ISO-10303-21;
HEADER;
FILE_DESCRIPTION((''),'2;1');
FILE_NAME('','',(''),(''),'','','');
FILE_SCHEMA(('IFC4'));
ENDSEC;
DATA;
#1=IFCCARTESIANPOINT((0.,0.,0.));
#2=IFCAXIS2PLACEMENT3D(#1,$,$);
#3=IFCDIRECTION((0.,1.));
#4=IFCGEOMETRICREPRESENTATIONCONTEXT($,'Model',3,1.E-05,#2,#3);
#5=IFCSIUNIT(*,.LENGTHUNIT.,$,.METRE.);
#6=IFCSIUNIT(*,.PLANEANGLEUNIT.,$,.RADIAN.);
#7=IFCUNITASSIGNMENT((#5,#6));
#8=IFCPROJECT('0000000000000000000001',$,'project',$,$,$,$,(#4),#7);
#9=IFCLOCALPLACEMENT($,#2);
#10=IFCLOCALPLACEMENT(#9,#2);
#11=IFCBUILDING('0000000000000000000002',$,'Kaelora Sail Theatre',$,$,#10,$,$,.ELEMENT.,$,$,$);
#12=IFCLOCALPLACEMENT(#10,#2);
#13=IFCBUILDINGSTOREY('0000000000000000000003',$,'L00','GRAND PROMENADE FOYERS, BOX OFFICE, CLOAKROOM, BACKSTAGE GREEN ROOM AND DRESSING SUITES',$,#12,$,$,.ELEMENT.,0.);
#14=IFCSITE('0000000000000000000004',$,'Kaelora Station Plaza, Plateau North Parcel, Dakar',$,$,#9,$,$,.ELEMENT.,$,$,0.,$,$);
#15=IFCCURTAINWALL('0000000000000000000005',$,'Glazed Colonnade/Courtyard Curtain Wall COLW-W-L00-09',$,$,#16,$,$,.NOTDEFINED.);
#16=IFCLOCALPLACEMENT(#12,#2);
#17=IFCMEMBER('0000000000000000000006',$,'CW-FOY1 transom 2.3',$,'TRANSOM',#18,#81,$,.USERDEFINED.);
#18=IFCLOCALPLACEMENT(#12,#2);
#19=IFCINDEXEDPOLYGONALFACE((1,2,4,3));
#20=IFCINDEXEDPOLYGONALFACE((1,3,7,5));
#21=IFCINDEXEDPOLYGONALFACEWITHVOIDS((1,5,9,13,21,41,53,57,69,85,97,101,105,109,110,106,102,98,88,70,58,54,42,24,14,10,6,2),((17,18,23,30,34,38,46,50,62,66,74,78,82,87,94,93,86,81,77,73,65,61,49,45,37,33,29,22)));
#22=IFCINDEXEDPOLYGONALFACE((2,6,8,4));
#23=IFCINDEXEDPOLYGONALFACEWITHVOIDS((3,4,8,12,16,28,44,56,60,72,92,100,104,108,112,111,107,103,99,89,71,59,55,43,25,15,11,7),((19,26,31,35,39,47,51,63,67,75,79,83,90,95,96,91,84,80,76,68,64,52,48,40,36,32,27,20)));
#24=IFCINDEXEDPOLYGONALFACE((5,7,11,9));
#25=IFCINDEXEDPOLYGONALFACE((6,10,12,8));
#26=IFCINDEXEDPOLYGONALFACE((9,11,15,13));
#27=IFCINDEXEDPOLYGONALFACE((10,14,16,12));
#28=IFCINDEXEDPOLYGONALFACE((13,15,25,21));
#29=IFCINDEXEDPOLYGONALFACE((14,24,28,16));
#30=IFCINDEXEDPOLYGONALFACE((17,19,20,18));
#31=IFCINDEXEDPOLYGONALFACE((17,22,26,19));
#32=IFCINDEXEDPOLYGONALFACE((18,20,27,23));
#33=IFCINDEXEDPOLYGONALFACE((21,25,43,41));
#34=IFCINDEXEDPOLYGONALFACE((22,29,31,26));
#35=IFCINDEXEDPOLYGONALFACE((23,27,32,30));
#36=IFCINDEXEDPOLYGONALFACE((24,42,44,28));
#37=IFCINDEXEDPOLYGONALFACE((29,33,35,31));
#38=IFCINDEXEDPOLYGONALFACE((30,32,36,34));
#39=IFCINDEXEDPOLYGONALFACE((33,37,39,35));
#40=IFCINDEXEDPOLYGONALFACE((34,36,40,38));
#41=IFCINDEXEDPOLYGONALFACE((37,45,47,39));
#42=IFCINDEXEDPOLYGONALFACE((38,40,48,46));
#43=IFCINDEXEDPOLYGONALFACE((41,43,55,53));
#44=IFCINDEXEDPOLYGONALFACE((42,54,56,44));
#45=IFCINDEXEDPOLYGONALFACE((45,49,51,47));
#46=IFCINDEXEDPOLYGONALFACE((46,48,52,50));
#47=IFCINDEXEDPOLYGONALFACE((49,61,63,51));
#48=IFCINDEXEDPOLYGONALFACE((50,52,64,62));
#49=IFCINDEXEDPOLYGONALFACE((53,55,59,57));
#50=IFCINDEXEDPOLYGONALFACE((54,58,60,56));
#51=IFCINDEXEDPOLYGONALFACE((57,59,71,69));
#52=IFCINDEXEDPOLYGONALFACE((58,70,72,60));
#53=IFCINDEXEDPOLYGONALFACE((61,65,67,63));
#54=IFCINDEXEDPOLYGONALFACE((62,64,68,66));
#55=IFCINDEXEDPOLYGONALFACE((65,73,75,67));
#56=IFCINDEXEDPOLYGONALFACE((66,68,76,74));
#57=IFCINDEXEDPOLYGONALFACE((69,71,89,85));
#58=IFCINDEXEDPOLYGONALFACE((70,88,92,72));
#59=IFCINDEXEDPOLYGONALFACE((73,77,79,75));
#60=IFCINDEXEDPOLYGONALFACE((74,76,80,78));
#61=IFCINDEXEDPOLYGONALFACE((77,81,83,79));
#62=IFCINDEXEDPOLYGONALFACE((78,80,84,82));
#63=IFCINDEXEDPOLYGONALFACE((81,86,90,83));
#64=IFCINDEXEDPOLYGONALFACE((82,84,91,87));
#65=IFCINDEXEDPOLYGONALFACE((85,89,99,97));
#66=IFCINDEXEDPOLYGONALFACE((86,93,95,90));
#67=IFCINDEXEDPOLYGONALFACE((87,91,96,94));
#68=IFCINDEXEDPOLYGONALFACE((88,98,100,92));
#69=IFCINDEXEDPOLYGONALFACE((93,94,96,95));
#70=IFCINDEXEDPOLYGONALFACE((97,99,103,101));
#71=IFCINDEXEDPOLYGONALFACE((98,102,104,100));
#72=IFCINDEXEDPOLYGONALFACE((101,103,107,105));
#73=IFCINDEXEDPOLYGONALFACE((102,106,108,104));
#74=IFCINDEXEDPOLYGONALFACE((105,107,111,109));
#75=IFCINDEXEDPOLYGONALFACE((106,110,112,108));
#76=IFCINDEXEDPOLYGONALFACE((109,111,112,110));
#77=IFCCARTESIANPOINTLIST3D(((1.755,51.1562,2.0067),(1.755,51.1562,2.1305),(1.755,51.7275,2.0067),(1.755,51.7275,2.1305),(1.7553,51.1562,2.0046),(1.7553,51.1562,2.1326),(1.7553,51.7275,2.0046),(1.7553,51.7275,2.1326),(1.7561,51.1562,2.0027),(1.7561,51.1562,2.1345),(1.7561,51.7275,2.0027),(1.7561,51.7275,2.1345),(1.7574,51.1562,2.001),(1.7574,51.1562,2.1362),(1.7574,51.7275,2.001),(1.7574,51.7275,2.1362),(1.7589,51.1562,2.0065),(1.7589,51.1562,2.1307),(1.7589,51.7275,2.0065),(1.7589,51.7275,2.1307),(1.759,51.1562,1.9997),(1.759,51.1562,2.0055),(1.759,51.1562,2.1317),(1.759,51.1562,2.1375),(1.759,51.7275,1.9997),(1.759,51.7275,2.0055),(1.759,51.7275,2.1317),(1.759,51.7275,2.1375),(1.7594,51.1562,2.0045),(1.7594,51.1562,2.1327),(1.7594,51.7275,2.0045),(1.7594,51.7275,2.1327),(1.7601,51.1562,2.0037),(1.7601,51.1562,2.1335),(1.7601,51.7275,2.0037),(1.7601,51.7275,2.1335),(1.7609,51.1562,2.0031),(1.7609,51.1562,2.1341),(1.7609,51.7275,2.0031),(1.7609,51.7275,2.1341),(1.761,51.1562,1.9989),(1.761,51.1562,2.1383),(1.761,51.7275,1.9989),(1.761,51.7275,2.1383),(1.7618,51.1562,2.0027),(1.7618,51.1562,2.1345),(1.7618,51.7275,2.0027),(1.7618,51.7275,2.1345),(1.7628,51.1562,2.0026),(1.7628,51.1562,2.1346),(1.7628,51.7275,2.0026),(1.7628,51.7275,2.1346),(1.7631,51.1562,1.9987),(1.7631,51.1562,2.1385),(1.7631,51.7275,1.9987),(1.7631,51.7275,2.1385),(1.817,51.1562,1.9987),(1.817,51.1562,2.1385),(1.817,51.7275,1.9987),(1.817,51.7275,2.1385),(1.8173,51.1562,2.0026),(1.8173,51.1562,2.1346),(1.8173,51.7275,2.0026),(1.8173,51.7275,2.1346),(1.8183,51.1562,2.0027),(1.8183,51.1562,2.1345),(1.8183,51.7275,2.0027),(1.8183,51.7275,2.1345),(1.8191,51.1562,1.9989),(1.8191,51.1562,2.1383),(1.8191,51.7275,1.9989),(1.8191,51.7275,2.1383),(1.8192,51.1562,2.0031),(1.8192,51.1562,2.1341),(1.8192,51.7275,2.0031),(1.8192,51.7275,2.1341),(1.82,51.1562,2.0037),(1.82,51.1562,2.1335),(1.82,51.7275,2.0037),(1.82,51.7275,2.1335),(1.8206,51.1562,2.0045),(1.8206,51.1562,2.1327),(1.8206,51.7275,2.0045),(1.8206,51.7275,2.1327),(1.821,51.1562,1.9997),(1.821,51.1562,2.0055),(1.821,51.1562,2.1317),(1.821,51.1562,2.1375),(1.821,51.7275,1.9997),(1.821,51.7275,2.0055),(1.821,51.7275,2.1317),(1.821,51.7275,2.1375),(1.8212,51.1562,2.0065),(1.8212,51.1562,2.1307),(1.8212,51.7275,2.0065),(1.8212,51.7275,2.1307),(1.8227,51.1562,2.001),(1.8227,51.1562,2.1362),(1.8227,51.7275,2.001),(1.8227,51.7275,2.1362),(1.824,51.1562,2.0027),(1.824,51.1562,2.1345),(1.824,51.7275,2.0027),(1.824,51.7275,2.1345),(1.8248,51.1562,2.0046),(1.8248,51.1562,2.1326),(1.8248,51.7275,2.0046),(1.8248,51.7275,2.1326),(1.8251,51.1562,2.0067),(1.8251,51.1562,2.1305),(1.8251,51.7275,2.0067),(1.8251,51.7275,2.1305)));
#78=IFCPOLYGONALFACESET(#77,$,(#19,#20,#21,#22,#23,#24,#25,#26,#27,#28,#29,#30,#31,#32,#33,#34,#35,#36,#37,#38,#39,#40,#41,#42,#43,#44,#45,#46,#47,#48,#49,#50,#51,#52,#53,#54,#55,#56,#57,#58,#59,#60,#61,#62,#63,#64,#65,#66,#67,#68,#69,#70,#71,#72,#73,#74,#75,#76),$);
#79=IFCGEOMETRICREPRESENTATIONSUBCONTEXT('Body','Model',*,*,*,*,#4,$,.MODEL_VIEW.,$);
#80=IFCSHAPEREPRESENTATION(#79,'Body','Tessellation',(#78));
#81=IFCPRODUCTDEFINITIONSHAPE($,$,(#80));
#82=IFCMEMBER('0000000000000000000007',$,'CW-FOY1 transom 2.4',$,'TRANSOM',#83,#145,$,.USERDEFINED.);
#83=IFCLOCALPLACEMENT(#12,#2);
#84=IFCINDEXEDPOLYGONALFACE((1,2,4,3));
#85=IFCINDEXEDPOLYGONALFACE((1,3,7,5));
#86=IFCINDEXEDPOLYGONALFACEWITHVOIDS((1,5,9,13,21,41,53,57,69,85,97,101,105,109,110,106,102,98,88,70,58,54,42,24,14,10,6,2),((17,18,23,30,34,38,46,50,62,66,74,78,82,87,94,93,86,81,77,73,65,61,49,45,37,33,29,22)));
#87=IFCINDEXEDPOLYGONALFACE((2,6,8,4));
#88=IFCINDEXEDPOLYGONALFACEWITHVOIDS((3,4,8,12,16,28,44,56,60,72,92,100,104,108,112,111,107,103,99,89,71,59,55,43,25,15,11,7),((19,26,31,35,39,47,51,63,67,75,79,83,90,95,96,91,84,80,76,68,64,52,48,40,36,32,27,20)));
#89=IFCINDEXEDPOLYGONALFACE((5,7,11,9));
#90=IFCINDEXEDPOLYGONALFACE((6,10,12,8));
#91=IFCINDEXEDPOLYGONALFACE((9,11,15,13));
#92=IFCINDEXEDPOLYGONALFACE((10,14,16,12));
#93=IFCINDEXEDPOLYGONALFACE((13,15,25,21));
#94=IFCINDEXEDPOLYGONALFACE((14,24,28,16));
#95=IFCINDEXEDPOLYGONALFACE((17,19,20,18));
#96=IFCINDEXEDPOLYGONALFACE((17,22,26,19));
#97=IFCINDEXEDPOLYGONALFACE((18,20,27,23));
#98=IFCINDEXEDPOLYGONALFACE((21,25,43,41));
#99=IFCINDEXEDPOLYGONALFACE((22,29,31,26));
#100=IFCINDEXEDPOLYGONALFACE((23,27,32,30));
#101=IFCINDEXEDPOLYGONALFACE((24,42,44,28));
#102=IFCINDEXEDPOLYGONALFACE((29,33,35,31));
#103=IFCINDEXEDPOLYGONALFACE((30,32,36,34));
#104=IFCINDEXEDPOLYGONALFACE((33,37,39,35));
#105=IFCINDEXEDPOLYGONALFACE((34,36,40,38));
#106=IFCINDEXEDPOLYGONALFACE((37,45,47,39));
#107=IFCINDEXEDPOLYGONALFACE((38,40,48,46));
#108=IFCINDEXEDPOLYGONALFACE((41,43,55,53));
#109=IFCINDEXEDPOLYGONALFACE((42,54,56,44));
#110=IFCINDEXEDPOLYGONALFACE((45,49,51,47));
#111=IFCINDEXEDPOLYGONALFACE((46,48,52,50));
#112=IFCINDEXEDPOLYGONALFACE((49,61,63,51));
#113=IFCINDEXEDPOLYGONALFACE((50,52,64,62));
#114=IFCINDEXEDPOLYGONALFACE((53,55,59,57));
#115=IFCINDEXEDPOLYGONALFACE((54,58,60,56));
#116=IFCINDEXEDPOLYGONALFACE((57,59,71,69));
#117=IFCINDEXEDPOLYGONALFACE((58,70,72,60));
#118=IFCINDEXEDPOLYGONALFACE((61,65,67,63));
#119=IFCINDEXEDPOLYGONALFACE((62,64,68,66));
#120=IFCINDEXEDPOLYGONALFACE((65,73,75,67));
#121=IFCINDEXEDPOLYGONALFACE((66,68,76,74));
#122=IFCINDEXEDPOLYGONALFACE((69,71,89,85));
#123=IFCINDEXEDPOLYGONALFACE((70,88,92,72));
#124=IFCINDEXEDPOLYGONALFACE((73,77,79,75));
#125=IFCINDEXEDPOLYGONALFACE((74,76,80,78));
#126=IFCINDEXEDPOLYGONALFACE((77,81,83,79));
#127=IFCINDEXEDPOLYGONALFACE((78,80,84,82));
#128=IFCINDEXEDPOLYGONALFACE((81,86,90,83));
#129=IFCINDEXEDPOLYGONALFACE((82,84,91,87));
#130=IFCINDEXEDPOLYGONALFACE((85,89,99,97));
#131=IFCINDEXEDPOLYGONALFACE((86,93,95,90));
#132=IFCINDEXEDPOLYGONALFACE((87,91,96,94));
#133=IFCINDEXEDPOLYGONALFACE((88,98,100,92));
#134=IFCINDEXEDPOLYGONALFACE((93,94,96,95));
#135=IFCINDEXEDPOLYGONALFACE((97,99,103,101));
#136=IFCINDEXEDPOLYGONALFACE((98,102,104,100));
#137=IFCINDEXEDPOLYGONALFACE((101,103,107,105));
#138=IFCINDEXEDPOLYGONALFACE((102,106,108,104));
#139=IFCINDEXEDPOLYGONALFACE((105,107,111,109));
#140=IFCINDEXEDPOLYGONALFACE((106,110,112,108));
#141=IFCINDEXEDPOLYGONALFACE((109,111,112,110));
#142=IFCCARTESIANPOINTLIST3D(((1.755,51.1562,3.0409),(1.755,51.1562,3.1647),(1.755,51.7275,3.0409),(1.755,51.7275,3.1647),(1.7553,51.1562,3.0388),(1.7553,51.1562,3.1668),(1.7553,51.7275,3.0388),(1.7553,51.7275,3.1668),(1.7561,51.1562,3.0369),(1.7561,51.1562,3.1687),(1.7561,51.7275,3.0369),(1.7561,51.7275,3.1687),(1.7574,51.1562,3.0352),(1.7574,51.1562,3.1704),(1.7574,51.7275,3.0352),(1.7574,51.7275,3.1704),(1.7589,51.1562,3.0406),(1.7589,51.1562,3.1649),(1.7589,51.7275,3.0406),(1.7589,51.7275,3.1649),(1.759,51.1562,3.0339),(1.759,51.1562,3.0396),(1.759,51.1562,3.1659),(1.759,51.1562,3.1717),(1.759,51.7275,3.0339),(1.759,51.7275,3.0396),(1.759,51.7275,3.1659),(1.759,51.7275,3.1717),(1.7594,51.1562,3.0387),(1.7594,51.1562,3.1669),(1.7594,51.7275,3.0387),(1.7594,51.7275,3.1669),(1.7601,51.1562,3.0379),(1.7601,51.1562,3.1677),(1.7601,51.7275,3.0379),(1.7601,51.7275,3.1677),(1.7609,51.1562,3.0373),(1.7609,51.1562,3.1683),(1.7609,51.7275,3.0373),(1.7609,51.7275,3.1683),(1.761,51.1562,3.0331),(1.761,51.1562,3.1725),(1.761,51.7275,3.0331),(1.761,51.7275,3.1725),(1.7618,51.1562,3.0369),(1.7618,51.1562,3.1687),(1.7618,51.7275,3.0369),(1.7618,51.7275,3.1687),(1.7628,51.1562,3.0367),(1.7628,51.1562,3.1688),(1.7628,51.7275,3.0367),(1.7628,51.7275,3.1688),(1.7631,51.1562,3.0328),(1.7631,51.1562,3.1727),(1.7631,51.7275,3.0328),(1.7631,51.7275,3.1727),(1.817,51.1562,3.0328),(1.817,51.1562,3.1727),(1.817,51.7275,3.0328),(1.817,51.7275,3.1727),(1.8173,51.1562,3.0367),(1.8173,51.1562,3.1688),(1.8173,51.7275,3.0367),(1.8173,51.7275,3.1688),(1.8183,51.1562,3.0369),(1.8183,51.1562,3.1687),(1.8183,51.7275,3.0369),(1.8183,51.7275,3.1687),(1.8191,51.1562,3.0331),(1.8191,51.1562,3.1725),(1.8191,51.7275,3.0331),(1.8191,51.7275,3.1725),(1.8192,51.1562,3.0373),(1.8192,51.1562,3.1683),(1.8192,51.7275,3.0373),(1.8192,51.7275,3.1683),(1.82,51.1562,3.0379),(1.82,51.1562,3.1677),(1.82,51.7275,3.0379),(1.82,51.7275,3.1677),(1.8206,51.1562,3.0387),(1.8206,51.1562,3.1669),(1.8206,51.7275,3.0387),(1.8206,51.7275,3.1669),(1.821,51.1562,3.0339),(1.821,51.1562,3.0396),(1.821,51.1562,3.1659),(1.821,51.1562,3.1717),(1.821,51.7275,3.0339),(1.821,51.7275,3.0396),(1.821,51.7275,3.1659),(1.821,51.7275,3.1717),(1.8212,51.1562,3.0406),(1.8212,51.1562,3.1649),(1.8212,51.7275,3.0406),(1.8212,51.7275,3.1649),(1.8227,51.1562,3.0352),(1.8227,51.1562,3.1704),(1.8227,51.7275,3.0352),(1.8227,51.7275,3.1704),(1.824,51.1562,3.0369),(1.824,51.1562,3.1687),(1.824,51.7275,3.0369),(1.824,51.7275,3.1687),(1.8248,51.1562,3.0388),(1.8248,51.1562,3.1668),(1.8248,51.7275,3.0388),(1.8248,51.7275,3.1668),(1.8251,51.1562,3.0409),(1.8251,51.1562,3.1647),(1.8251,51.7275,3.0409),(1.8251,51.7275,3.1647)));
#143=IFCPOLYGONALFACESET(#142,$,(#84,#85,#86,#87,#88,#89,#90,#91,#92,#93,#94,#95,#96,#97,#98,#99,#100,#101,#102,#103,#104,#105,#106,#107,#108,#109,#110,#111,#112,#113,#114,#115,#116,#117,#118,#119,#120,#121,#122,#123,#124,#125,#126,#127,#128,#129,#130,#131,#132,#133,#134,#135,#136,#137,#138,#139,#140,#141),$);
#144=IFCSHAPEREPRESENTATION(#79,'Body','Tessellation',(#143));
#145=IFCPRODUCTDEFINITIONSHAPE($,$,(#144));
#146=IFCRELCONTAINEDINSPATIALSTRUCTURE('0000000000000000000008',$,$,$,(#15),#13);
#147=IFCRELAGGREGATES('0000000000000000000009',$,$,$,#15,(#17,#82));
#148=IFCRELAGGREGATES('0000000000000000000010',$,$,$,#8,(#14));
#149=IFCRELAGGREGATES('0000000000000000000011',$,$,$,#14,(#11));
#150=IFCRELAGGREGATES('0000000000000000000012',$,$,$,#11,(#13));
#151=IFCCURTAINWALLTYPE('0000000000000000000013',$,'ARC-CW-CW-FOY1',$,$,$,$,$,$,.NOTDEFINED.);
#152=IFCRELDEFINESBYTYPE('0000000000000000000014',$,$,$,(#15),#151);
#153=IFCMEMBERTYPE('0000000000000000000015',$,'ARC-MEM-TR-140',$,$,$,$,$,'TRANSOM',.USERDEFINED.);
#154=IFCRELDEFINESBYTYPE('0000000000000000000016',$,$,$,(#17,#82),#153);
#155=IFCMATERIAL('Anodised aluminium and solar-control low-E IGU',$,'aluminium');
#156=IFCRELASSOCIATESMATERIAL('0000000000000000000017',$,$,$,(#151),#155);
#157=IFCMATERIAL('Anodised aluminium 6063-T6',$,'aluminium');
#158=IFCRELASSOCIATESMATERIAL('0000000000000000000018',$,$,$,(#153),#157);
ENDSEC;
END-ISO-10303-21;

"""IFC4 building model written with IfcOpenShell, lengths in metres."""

from ifc_helpers import new_model, si_unit, direction, frame, origin, origin_2d, place, context, subcontext, project, spatial, hollow_rectangle, extrude, material, material_profile, profile_set, type_object, element, aggregate, save


model = new_model("IFC4")

# Units and contexts
model_context = context("Model", 3, precision=1e-05, world=origin(), true_north=direction((0.0, 1.0)))
body_context = subcontext(model_context, "Body", "Model", "MODEL_VIEW")
ifc_project = project(units=[si_unit("LENGTHUNIT", "METRE"), si_unit("PLANEANGLEUNIT", "RADIAN")], contexts=[model_context])

# Site, building, storey
site_placement = place(None, origin())
site = spatial("IfcSite", under=ifc_project, at=site_placement, Name="Kaelora Station Plaza, Plateau North Parcel, Dakar", CompositionType="ELEMENT", RefElevation=0.0)
building_placement = place(site_placement, origin())
building = spatial("IfcBuilding", under=site, at=building_placement, Name="Kaelora Sail Theatre", CompositionType="ELEMENT")
storey_placement = place(building_placement, origin())
storey = spatial("IfcBuildingStorey", under=building, at=storey_placement, Name="L00", Description="GRAND PROMENADE FOYERS, BOX OFFICE, CLOAKROOM, BACKSTAGE GREEN ROOM AND DRESSING SUITES", CompositionType="ELEMENT", Elevation=0.0)

# Curtain wall, members
ifc_material_1 = material(Name="Anodised aluminium and solar-control low-E IGU", Category="aluminium")
curtain_wall_type = type_object("IfcCurtainWallType", Name="ARC-CW-CW-FOY1", PredefinedType="NOTDEFINED", material=ifc_material_1)
curtain_wall_placement = place(storey_placement, origin())
curtain_wall = element("IfcCurtainWall", 1, at=curtain_wall_placement, inside=storey, type_object=curtain_wall_type, Name="Glazed Colonnade/Courtyard Curtain Wall COLW-W-L00-09", PredefinedType="NOTDEFINED")
ifc_material_2 = material(Name="Anodised aluminium 6063-T6", Category="aluminium")
ifc_material_profile_1 = material_profile(ifc_material_2, hollow_rectangle(XDim=0.0701, YDim=0.1399, WallThickness=0.0039, InnerFilletRadius=0.0039, OuterFilletRadius=0.0081, at=origin_2d()), Name="ALU-TRAN 70x140x4")
ifc_profile_set_1 = profile_set([ifc_material_profile_1], Name="Anodised aluminium 6063-T6")
member_type_1 = type_object("IfcMemberType", Name="ARC-MEM-TR-140", ElementType="TRANSOM", PredefinedType="USERDEFINED", material=ifc_profile_set_1)
member_1_placement = place(storey_placement, frame((1.79, 51.1562, 2.0686), z_axis=(0.0, 1.0, 0.0), x_axis=(-1.0, 0.0, 0.0)))
member_1 = element("IfcMember", 2, at=member_1_placement, type_object=member_type_1, Name="CW-FOY1 transom 2.3", ObjectType="TRANSOM", PredefinedType="USERDEFINED", context=body_context, shape_type="SweptSolid", body=[
    extrude(hollow_rectangle(XDim=0.0701, YDim=0.1399, WallThickness=0.0039, InnerFilletRadius=0.0039, OuterFilletRadius=0.0081, at=origin_2d()), origin(), (0.0, 0.0, 1.0), 0.5713),
])
member_2_placement = place(storey_placement, frame((1.79, 51.1562, 3.1028), z_axis=(0.0, 1.0, 0.0), x_axis=(-1.0, 0.0, 0.0)))
member_2 = element("IfcMember", 3, at=member_2_placement, type_object=member_type_1, Name="CW-FOY1 transom 2.4", ObjectType="TRANSOM", PredefinedType="USERDEFINED", context=body_context, shape_type="SweptSolid", body=[
    extrude(hollow_rectangle(XDim=0.0701, YDim=0.1399, WallThickness=0.0039, InnerFilletRadius=0.0039, OuterFilletRadius=0.0081, at=origin_2d()), origin(), (0.0, 0.0, 1.0), 0.5713),
])
aggregate(curtain_wall, [member_1, member_2])

save(model, "model.ifc")
